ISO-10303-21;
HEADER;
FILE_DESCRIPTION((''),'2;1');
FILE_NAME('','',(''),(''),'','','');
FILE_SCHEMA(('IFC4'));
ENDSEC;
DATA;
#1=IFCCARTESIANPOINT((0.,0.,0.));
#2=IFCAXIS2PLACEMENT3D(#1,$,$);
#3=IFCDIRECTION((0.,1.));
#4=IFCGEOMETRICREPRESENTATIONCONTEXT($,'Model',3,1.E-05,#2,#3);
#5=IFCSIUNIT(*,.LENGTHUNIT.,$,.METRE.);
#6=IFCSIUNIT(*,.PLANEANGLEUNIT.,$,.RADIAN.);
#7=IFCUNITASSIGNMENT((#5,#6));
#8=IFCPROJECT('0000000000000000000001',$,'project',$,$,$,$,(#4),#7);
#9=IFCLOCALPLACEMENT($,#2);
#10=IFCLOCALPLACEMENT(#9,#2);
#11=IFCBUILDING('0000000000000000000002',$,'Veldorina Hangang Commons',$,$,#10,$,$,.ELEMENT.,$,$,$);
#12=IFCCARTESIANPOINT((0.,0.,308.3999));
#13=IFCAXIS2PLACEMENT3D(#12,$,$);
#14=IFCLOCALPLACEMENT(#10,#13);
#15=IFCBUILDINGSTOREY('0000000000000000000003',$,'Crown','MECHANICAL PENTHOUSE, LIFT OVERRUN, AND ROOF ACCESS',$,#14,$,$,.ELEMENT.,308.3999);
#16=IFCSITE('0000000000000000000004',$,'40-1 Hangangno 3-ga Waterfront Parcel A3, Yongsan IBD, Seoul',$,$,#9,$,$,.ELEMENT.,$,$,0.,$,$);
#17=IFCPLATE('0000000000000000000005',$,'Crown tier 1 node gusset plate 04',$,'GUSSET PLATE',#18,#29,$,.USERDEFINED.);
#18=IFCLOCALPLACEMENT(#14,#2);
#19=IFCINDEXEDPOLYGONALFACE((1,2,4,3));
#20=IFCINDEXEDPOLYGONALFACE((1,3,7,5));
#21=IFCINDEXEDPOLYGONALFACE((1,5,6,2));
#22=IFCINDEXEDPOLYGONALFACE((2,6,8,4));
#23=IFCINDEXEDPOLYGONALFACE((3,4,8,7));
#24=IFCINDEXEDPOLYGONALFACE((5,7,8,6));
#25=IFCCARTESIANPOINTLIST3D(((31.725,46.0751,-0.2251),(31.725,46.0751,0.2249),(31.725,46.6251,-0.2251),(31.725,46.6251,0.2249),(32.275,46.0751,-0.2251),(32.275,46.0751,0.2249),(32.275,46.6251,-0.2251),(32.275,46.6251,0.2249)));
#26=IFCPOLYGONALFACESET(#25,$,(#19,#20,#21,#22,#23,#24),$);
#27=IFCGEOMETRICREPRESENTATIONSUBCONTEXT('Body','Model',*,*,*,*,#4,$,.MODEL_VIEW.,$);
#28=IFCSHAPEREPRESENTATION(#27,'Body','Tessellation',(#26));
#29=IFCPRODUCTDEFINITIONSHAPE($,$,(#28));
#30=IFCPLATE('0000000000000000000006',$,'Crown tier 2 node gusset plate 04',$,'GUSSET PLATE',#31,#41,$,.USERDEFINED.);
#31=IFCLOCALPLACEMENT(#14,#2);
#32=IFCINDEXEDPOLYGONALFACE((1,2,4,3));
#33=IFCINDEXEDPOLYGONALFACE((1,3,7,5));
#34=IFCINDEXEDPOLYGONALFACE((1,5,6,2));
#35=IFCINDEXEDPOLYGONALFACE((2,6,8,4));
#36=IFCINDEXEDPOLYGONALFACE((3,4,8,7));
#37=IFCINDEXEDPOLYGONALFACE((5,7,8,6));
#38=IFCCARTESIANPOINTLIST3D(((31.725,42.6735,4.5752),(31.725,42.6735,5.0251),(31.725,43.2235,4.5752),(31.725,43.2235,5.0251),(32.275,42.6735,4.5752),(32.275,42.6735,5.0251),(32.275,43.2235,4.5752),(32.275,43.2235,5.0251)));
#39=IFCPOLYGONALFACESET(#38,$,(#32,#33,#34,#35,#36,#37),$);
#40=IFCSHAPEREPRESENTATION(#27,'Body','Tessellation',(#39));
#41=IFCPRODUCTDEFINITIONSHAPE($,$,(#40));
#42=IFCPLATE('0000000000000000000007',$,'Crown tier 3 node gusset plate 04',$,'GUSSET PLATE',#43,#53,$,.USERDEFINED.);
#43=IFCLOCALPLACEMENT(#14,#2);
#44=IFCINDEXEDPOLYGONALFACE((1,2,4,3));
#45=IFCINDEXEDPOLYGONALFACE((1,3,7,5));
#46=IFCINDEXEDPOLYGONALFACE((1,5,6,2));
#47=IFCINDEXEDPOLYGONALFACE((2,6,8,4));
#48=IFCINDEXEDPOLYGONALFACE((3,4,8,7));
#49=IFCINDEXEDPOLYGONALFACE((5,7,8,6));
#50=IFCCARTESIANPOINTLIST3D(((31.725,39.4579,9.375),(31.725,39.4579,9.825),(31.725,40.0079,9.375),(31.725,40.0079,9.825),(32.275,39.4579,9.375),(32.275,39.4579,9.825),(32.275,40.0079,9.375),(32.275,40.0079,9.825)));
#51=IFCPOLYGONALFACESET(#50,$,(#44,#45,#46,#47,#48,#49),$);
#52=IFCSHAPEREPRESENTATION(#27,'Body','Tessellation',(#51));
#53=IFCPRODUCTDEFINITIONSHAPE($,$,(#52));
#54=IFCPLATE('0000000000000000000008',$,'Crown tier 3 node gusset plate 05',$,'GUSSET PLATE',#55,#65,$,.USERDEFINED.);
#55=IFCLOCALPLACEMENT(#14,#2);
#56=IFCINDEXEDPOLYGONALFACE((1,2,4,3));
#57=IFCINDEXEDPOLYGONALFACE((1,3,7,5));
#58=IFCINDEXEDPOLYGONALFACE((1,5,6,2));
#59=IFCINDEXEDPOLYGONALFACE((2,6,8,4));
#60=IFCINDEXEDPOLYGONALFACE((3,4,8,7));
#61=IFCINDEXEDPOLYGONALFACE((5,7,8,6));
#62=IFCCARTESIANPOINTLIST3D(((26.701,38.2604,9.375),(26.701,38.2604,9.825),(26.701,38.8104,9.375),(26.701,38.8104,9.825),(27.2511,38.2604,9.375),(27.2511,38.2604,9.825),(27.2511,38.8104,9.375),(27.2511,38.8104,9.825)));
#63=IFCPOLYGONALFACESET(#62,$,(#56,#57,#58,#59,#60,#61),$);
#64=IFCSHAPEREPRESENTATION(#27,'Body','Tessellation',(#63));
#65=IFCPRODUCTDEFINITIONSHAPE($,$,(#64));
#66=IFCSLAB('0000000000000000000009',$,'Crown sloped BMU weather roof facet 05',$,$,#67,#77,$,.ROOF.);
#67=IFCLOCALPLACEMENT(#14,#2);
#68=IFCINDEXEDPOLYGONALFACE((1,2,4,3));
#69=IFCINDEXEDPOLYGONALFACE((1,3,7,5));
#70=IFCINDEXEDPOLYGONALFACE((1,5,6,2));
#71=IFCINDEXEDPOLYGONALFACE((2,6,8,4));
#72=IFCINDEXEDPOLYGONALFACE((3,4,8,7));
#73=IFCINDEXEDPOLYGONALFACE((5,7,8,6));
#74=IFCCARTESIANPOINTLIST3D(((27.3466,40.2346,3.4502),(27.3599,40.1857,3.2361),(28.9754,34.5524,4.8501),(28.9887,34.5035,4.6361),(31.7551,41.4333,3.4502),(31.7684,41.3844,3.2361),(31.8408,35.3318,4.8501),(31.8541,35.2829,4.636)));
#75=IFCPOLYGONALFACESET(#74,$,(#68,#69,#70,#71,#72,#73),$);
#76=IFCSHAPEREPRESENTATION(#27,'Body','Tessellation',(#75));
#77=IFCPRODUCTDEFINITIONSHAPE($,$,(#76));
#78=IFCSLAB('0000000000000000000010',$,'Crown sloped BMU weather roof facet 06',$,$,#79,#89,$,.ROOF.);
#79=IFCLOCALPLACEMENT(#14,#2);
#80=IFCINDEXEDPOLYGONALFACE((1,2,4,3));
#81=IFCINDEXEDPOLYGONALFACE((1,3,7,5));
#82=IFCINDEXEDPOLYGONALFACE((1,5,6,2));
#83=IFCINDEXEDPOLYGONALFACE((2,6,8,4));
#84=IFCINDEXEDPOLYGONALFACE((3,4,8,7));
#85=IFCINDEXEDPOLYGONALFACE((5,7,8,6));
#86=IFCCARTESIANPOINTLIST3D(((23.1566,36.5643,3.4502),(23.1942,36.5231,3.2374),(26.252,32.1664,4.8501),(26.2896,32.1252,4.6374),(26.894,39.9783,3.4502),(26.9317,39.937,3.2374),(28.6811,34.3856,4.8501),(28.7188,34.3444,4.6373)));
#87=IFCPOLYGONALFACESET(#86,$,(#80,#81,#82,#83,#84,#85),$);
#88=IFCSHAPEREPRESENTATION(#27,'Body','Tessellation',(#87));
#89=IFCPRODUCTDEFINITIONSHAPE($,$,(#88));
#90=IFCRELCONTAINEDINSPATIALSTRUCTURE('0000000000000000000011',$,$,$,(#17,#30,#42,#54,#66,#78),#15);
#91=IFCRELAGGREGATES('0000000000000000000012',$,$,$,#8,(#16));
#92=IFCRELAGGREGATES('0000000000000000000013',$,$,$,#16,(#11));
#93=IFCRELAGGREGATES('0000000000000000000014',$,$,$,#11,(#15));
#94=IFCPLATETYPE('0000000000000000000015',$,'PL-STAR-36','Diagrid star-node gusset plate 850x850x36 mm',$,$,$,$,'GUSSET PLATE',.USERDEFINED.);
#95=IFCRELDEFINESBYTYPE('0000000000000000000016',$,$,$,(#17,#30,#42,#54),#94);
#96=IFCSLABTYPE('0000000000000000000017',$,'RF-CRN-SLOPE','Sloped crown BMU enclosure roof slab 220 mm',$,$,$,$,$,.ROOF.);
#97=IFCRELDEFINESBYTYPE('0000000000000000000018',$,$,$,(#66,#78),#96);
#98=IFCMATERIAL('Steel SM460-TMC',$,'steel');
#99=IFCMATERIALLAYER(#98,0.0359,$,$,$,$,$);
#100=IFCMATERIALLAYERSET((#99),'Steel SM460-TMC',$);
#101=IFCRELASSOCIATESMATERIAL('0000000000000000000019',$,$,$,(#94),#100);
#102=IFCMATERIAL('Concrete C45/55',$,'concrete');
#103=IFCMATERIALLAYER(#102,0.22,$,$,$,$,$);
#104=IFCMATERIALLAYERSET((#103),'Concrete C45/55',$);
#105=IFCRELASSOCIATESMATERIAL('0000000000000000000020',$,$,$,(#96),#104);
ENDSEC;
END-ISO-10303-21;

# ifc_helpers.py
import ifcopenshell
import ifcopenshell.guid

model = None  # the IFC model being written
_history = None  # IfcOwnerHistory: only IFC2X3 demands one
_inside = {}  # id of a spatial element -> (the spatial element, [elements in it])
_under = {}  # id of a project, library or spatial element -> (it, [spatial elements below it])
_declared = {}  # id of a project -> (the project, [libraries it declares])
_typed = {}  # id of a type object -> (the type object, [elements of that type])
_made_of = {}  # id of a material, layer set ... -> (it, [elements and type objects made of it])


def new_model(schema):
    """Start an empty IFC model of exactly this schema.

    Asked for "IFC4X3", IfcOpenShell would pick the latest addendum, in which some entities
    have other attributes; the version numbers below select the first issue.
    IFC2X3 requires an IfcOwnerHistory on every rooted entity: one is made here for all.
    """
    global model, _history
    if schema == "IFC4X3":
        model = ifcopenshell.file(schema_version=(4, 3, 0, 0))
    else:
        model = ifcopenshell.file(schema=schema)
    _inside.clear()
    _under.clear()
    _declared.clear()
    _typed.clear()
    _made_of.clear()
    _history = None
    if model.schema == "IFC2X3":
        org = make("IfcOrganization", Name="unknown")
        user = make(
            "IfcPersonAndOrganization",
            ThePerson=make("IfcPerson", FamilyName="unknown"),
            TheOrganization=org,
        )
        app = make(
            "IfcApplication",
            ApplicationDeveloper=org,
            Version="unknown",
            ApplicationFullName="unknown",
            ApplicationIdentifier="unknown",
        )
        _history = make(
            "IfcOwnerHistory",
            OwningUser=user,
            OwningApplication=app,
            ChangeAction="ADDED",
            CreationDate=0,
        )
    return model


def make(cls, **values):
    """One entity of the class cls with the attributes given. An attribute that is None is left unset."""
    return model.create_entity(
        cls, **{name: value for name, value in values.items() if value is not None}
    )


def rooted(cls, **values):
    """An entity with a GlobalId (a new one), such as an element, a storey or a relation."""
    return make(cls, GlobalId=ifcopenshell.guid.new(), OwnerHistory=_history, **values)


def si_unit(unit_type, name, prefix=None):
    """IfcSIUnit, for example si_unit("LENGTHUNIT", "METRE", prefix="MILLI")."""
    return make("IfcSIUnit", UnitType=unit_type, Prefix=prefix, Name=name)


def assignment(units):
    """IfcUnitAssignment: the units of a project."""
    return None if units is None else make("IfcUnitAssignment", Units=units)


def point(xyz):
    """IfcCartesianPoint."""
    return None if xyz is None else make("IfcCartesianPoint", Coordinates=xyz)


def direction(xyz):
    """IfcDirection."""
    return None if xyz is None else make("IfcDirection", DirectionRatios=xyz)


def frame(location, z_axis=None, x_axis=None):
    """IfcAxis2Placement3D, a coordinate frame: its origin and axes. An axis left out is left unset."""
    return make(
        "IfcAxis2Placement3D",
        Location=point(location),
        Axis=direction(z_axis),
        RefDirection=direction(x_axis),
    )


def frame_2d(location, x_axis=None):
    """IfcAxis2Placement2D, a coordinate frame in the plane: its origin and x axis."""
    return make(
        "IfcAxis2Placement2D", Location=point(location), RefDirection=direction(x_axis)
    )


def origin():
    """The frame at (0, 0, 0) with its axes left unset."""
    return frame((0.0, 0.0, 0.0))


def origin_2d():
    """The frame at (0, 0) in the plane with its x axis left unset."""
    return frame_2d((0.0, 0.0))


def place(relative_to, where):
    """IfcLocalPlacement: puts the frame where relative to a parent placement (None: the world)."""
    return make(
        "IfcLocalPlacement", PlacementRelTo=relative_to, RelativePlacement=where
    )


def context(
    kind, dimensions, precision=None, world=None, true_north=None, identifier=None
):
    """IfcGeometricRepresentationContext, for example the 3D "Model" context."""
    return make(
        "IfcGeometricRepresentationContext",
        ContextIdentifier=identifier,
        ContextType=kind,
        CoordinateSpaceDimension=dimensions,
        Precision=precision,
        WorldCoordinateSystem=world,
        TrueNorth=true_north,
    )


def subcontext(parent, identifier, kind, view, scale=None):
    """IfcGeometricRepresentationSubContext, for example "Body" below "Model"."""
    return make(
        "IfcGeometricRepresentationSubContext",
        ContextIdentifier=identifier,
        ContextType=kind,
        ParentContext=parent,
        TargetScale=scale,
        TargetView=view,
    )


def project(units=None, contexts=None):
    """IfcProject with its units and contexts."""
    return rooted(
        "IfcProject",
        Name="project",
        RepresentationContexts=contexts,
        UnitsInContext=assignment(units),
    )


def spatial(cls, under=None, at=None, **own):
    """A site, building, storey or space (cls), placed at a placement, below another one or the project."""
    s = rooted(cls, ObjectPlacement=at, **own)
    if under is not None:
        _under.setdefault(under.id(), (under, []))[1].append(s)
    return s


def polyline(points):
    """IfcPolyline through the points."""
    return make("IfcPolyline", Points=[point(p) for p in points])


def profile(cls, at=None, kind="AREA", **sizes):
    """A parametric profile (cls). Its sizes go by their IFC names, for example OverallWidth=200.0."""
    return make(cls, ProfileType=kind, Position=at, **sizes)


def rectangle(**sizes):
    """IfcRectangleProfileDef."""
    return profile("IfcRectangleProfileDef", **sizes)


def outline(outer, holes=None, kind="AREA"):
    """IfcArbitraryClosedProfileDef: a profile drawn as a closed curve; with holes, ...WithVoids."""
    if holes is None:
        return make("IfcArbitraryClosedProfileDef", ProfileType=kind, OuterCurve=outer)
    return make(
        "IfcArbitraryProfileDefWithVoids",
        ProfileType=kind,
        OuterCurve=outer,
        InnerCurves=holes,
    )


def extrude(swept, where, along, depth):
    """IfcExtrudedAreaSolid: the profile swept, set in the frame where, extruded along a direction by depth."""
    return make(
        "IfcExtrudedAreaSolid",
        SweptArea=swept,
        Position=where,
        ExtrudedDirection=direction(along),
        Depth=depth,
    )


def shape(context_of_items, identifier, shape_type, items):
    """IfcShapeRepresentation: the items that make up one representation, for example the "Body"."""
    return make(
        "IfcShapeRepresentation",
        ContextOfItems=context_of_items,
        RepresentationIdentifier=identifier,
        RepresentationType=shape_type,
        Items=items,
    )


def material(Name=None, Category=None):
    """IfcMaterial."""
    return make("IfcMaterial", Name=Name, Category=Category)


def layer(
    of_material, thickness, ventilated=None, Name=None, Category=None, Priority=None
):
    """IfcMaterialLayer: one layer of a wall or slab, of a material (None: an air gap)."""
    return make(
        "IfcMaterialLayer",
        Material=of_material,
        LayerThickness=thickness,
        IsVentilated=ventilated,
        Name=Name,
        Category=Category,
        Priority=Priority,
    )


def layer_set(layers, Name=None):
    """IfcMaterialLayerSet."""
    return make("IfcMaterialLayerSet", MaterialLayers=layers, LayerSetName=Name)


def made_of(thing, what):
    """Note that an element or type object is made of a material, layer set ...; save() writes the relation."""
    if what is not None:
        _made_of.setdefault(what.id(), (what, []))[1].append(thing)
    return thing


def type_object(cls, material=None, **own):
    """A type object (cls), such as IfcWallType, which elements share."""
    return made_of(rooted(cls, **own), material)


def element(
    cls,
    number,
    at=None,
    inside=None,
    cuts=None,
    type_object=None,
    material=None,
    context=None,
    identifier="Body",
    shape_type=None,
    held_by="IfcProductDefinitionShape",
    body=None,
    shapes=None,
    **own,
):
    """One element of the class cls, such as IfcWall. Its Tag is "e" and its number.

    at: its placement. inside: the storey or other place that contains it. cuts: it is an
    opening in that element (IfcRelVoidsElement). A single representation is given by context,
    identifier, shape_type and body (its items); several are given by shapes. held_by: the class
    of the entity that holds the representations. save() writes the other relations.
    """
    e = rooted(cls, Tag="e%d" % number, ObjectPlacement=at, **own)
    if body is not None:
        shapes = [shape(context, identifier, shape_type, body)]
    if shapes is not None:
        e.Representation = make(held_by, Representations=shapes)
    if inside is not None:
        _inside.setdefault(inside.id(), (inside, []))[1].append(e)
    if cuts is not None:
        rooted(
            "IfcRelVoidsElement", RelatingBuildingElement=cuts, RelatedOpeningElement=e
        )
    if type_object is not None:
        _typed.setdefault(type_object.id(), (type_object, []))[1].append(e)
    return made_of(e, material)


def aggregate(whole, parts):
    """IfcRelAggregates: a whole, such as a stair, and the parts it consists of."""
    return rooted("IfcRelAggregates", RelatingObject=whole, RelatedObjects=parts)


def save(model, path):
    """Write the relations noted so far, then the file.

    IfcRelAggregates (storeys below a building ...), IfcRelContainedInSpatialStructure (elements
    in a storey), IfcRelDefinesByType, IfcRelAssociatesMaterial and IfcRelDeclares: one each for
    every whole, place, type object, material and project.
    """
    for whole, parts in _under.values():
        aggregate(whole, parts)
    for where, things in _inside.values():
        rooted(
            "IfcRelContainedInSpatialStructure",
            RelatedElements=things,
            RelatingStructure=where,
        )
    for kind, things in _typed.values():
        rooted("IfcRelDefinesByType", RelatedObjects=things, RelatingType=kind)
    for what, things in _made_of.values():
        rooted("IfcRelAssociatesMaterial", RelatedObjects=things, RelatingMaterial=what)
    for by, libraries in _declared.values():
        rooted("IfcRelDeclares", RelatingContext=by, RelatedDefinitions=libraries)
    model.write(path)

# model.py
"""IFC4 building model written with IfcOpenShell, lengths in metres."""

from ifc_helpers import new_model, si_unit, direction, frame, origin, origin_2d, place, context, subcontext, project, spatial, polyline, rectangle, outline, extrude, material, layer, layer_set, type_object, element, save


model = new_model("IFC4")

# Units and contexts
model_context = context("Model", 3, precision=1e-05, world=origin(), true_north=direction((0.0, 1.0)))
body_context = subcontext(model_context, "Body", "Model", "MODEL_VIEW")
ifc_project = project(units=[si_unit("LENGTHUNIT", "METRE"), si_unit("PLANEANGLEUNIT", "RADIAN")], contexts=[model_context])

# Site, building, storey
site_placement = place(None, origin())
site = spatial("IfcSite", under=ifc_project, at=site_placement, Name="40-1 Hangangno 3-ga Waterfront Parcel A3, Yongsan IBD, Seoul", CompositionType="ELEMENT", RefElevation=0.0)
building_placement = place(site_placement, origin())
building = spatial("IfcBuilding", under=site, at=building_placement, Name="Veldorina Hangang Commons", CompositionType="ELEMENT")
storey_placement = place(building_placement, frame((0.0, 0.0, 308.3999)))
storey = spatial("IfcBuildingStorey", under=building, at=storey_placement, Name="Crown", Description="MECHANICAL PENTHOUSE, LIFT OVERRUN, AND ROOF ACCESS", CompositionType="ELEMENT", Elevation=308.3999)

# Shared definitions
ifc_material_1 = material(Name="Steel SM460-TMC", Category="steel")

# Plates
ifc_layer_1 = layer(ifc_material_1, 0.0359)
ifc_layer_set_1 = layer_set([ifc_layer_1], Name="Steel SM460-TMC")
plate_type_1 = type_object("IfcPlateType", Name="PL-STAR-36", Description="Diagrid star-node gusset plate 850x850x36 mm", ElementType="GUSSET PLATE", PredefinedType="USERDEFINED", material=ifc_layer_set_1)
for number, where, z_axis, x_axis, name in (
    (1, (32.0, 46.3501, -0.2251), (0.0, 0.0, 1.0), (1.0, 0.0, 0.0), "Crown tier 1 node gusset plate 04"),
    (2, (32.0, 42.9485, 4.5752), (0.0, 0.0, 1.0), (1.0, 0.0, 0.0), "Crown tier 2 node gusset plate 04"),
    (3, (32.0, 39.7329, 9.375), (0.0, 0.0, 1.0), (1.0, 0.0, 0.0), "Crown tier 3 node gusset plate 04"),
    (4, (26.9761, 38.5354, 9.375), (0.0, 0.0, 1.0), (1.0, 0.0, 0.0), "Crown tier 3 node gusset plate 05"),
):
    element("IfcPlate", number, at=place(storey_placement, frame(where, z_axis=z_axis, x_axis=x_axis)), inside=storey, type_object=plate_type_1, Name=name, ObjectType="GUSSET PLATE", PredefinedType="USERDEFINED", context=body_context, shape_type="SweptSolid", body=[
        extrude(rectangle(XDim=0.55, YDim=0.55, at=origin_2d()), origin(), (0.0, 0.0, 1.0), 0.45),
    ])

# Slabs
ifc_material_2 = material(Name="Concrete C45/55", Category="concrete")
ifc_layer_2 = layer(ifc_material_2, 0.22)
ifc_layer_set_2 = layer_set([ifc_layer_2], Name="Concrete C45/55")
slab_type = type_object("IfcSlabType", Name="RF-CRN-SLOPE", Description="Sloped crown BMU enclosure roof slab 220 mm", PredefinedType="ROOF", material=ifc_layer_set_2)
slab_1_placement = place(storey_placement, frame((31.7551, 41.4333, 3.4502), z_axis=(-0.060479, 0.222404, 0.973077), x_axis=(-0.964962, -0.26239, -0.000004)))
element("IfcSlab", 5, at=slab_1_placement, inside=storey, type_object=slab_type, Name="Crown sloped BMU weather roof facet 05", PredefinedType="ROOF", context=body_context, shape_type="SweptSolid", body=[
    extrude(outline(polyline([(0.0, 0.0), (4.5686, 0.0), (4.4878, 6.074), (1.5183, 6.0737), (0.0, 0.0)])), origin(), (0.0, 0.0, -1.0), 0.22),
])
slab_2_placement = place(storey_placement, frame((26.894, 39.9783, 3.4502), z_axis=(-0.171195, 0.187407, 0.967249), x_axis=(-0.738335, -0.674434, -0.000006)))
element("IfcSlab", 6, at=slab_2_placement, inside=storey, type_object=slab_type, Name="Crown sloped BMU weather roof facet 06", PredefinedType="ROOF", context=body_context, shape_type="SweptSolid", body=[
    extrude(outline(polyline([(0.0, 0.0), (5.062, 0.0), (5.7427, 5.5154), (2.4524, 5.5151), (0.0, 0.0)])), origin(), (0.0, 0.0, -1.0), 0.22),
])

save(model, "model.ifc")
